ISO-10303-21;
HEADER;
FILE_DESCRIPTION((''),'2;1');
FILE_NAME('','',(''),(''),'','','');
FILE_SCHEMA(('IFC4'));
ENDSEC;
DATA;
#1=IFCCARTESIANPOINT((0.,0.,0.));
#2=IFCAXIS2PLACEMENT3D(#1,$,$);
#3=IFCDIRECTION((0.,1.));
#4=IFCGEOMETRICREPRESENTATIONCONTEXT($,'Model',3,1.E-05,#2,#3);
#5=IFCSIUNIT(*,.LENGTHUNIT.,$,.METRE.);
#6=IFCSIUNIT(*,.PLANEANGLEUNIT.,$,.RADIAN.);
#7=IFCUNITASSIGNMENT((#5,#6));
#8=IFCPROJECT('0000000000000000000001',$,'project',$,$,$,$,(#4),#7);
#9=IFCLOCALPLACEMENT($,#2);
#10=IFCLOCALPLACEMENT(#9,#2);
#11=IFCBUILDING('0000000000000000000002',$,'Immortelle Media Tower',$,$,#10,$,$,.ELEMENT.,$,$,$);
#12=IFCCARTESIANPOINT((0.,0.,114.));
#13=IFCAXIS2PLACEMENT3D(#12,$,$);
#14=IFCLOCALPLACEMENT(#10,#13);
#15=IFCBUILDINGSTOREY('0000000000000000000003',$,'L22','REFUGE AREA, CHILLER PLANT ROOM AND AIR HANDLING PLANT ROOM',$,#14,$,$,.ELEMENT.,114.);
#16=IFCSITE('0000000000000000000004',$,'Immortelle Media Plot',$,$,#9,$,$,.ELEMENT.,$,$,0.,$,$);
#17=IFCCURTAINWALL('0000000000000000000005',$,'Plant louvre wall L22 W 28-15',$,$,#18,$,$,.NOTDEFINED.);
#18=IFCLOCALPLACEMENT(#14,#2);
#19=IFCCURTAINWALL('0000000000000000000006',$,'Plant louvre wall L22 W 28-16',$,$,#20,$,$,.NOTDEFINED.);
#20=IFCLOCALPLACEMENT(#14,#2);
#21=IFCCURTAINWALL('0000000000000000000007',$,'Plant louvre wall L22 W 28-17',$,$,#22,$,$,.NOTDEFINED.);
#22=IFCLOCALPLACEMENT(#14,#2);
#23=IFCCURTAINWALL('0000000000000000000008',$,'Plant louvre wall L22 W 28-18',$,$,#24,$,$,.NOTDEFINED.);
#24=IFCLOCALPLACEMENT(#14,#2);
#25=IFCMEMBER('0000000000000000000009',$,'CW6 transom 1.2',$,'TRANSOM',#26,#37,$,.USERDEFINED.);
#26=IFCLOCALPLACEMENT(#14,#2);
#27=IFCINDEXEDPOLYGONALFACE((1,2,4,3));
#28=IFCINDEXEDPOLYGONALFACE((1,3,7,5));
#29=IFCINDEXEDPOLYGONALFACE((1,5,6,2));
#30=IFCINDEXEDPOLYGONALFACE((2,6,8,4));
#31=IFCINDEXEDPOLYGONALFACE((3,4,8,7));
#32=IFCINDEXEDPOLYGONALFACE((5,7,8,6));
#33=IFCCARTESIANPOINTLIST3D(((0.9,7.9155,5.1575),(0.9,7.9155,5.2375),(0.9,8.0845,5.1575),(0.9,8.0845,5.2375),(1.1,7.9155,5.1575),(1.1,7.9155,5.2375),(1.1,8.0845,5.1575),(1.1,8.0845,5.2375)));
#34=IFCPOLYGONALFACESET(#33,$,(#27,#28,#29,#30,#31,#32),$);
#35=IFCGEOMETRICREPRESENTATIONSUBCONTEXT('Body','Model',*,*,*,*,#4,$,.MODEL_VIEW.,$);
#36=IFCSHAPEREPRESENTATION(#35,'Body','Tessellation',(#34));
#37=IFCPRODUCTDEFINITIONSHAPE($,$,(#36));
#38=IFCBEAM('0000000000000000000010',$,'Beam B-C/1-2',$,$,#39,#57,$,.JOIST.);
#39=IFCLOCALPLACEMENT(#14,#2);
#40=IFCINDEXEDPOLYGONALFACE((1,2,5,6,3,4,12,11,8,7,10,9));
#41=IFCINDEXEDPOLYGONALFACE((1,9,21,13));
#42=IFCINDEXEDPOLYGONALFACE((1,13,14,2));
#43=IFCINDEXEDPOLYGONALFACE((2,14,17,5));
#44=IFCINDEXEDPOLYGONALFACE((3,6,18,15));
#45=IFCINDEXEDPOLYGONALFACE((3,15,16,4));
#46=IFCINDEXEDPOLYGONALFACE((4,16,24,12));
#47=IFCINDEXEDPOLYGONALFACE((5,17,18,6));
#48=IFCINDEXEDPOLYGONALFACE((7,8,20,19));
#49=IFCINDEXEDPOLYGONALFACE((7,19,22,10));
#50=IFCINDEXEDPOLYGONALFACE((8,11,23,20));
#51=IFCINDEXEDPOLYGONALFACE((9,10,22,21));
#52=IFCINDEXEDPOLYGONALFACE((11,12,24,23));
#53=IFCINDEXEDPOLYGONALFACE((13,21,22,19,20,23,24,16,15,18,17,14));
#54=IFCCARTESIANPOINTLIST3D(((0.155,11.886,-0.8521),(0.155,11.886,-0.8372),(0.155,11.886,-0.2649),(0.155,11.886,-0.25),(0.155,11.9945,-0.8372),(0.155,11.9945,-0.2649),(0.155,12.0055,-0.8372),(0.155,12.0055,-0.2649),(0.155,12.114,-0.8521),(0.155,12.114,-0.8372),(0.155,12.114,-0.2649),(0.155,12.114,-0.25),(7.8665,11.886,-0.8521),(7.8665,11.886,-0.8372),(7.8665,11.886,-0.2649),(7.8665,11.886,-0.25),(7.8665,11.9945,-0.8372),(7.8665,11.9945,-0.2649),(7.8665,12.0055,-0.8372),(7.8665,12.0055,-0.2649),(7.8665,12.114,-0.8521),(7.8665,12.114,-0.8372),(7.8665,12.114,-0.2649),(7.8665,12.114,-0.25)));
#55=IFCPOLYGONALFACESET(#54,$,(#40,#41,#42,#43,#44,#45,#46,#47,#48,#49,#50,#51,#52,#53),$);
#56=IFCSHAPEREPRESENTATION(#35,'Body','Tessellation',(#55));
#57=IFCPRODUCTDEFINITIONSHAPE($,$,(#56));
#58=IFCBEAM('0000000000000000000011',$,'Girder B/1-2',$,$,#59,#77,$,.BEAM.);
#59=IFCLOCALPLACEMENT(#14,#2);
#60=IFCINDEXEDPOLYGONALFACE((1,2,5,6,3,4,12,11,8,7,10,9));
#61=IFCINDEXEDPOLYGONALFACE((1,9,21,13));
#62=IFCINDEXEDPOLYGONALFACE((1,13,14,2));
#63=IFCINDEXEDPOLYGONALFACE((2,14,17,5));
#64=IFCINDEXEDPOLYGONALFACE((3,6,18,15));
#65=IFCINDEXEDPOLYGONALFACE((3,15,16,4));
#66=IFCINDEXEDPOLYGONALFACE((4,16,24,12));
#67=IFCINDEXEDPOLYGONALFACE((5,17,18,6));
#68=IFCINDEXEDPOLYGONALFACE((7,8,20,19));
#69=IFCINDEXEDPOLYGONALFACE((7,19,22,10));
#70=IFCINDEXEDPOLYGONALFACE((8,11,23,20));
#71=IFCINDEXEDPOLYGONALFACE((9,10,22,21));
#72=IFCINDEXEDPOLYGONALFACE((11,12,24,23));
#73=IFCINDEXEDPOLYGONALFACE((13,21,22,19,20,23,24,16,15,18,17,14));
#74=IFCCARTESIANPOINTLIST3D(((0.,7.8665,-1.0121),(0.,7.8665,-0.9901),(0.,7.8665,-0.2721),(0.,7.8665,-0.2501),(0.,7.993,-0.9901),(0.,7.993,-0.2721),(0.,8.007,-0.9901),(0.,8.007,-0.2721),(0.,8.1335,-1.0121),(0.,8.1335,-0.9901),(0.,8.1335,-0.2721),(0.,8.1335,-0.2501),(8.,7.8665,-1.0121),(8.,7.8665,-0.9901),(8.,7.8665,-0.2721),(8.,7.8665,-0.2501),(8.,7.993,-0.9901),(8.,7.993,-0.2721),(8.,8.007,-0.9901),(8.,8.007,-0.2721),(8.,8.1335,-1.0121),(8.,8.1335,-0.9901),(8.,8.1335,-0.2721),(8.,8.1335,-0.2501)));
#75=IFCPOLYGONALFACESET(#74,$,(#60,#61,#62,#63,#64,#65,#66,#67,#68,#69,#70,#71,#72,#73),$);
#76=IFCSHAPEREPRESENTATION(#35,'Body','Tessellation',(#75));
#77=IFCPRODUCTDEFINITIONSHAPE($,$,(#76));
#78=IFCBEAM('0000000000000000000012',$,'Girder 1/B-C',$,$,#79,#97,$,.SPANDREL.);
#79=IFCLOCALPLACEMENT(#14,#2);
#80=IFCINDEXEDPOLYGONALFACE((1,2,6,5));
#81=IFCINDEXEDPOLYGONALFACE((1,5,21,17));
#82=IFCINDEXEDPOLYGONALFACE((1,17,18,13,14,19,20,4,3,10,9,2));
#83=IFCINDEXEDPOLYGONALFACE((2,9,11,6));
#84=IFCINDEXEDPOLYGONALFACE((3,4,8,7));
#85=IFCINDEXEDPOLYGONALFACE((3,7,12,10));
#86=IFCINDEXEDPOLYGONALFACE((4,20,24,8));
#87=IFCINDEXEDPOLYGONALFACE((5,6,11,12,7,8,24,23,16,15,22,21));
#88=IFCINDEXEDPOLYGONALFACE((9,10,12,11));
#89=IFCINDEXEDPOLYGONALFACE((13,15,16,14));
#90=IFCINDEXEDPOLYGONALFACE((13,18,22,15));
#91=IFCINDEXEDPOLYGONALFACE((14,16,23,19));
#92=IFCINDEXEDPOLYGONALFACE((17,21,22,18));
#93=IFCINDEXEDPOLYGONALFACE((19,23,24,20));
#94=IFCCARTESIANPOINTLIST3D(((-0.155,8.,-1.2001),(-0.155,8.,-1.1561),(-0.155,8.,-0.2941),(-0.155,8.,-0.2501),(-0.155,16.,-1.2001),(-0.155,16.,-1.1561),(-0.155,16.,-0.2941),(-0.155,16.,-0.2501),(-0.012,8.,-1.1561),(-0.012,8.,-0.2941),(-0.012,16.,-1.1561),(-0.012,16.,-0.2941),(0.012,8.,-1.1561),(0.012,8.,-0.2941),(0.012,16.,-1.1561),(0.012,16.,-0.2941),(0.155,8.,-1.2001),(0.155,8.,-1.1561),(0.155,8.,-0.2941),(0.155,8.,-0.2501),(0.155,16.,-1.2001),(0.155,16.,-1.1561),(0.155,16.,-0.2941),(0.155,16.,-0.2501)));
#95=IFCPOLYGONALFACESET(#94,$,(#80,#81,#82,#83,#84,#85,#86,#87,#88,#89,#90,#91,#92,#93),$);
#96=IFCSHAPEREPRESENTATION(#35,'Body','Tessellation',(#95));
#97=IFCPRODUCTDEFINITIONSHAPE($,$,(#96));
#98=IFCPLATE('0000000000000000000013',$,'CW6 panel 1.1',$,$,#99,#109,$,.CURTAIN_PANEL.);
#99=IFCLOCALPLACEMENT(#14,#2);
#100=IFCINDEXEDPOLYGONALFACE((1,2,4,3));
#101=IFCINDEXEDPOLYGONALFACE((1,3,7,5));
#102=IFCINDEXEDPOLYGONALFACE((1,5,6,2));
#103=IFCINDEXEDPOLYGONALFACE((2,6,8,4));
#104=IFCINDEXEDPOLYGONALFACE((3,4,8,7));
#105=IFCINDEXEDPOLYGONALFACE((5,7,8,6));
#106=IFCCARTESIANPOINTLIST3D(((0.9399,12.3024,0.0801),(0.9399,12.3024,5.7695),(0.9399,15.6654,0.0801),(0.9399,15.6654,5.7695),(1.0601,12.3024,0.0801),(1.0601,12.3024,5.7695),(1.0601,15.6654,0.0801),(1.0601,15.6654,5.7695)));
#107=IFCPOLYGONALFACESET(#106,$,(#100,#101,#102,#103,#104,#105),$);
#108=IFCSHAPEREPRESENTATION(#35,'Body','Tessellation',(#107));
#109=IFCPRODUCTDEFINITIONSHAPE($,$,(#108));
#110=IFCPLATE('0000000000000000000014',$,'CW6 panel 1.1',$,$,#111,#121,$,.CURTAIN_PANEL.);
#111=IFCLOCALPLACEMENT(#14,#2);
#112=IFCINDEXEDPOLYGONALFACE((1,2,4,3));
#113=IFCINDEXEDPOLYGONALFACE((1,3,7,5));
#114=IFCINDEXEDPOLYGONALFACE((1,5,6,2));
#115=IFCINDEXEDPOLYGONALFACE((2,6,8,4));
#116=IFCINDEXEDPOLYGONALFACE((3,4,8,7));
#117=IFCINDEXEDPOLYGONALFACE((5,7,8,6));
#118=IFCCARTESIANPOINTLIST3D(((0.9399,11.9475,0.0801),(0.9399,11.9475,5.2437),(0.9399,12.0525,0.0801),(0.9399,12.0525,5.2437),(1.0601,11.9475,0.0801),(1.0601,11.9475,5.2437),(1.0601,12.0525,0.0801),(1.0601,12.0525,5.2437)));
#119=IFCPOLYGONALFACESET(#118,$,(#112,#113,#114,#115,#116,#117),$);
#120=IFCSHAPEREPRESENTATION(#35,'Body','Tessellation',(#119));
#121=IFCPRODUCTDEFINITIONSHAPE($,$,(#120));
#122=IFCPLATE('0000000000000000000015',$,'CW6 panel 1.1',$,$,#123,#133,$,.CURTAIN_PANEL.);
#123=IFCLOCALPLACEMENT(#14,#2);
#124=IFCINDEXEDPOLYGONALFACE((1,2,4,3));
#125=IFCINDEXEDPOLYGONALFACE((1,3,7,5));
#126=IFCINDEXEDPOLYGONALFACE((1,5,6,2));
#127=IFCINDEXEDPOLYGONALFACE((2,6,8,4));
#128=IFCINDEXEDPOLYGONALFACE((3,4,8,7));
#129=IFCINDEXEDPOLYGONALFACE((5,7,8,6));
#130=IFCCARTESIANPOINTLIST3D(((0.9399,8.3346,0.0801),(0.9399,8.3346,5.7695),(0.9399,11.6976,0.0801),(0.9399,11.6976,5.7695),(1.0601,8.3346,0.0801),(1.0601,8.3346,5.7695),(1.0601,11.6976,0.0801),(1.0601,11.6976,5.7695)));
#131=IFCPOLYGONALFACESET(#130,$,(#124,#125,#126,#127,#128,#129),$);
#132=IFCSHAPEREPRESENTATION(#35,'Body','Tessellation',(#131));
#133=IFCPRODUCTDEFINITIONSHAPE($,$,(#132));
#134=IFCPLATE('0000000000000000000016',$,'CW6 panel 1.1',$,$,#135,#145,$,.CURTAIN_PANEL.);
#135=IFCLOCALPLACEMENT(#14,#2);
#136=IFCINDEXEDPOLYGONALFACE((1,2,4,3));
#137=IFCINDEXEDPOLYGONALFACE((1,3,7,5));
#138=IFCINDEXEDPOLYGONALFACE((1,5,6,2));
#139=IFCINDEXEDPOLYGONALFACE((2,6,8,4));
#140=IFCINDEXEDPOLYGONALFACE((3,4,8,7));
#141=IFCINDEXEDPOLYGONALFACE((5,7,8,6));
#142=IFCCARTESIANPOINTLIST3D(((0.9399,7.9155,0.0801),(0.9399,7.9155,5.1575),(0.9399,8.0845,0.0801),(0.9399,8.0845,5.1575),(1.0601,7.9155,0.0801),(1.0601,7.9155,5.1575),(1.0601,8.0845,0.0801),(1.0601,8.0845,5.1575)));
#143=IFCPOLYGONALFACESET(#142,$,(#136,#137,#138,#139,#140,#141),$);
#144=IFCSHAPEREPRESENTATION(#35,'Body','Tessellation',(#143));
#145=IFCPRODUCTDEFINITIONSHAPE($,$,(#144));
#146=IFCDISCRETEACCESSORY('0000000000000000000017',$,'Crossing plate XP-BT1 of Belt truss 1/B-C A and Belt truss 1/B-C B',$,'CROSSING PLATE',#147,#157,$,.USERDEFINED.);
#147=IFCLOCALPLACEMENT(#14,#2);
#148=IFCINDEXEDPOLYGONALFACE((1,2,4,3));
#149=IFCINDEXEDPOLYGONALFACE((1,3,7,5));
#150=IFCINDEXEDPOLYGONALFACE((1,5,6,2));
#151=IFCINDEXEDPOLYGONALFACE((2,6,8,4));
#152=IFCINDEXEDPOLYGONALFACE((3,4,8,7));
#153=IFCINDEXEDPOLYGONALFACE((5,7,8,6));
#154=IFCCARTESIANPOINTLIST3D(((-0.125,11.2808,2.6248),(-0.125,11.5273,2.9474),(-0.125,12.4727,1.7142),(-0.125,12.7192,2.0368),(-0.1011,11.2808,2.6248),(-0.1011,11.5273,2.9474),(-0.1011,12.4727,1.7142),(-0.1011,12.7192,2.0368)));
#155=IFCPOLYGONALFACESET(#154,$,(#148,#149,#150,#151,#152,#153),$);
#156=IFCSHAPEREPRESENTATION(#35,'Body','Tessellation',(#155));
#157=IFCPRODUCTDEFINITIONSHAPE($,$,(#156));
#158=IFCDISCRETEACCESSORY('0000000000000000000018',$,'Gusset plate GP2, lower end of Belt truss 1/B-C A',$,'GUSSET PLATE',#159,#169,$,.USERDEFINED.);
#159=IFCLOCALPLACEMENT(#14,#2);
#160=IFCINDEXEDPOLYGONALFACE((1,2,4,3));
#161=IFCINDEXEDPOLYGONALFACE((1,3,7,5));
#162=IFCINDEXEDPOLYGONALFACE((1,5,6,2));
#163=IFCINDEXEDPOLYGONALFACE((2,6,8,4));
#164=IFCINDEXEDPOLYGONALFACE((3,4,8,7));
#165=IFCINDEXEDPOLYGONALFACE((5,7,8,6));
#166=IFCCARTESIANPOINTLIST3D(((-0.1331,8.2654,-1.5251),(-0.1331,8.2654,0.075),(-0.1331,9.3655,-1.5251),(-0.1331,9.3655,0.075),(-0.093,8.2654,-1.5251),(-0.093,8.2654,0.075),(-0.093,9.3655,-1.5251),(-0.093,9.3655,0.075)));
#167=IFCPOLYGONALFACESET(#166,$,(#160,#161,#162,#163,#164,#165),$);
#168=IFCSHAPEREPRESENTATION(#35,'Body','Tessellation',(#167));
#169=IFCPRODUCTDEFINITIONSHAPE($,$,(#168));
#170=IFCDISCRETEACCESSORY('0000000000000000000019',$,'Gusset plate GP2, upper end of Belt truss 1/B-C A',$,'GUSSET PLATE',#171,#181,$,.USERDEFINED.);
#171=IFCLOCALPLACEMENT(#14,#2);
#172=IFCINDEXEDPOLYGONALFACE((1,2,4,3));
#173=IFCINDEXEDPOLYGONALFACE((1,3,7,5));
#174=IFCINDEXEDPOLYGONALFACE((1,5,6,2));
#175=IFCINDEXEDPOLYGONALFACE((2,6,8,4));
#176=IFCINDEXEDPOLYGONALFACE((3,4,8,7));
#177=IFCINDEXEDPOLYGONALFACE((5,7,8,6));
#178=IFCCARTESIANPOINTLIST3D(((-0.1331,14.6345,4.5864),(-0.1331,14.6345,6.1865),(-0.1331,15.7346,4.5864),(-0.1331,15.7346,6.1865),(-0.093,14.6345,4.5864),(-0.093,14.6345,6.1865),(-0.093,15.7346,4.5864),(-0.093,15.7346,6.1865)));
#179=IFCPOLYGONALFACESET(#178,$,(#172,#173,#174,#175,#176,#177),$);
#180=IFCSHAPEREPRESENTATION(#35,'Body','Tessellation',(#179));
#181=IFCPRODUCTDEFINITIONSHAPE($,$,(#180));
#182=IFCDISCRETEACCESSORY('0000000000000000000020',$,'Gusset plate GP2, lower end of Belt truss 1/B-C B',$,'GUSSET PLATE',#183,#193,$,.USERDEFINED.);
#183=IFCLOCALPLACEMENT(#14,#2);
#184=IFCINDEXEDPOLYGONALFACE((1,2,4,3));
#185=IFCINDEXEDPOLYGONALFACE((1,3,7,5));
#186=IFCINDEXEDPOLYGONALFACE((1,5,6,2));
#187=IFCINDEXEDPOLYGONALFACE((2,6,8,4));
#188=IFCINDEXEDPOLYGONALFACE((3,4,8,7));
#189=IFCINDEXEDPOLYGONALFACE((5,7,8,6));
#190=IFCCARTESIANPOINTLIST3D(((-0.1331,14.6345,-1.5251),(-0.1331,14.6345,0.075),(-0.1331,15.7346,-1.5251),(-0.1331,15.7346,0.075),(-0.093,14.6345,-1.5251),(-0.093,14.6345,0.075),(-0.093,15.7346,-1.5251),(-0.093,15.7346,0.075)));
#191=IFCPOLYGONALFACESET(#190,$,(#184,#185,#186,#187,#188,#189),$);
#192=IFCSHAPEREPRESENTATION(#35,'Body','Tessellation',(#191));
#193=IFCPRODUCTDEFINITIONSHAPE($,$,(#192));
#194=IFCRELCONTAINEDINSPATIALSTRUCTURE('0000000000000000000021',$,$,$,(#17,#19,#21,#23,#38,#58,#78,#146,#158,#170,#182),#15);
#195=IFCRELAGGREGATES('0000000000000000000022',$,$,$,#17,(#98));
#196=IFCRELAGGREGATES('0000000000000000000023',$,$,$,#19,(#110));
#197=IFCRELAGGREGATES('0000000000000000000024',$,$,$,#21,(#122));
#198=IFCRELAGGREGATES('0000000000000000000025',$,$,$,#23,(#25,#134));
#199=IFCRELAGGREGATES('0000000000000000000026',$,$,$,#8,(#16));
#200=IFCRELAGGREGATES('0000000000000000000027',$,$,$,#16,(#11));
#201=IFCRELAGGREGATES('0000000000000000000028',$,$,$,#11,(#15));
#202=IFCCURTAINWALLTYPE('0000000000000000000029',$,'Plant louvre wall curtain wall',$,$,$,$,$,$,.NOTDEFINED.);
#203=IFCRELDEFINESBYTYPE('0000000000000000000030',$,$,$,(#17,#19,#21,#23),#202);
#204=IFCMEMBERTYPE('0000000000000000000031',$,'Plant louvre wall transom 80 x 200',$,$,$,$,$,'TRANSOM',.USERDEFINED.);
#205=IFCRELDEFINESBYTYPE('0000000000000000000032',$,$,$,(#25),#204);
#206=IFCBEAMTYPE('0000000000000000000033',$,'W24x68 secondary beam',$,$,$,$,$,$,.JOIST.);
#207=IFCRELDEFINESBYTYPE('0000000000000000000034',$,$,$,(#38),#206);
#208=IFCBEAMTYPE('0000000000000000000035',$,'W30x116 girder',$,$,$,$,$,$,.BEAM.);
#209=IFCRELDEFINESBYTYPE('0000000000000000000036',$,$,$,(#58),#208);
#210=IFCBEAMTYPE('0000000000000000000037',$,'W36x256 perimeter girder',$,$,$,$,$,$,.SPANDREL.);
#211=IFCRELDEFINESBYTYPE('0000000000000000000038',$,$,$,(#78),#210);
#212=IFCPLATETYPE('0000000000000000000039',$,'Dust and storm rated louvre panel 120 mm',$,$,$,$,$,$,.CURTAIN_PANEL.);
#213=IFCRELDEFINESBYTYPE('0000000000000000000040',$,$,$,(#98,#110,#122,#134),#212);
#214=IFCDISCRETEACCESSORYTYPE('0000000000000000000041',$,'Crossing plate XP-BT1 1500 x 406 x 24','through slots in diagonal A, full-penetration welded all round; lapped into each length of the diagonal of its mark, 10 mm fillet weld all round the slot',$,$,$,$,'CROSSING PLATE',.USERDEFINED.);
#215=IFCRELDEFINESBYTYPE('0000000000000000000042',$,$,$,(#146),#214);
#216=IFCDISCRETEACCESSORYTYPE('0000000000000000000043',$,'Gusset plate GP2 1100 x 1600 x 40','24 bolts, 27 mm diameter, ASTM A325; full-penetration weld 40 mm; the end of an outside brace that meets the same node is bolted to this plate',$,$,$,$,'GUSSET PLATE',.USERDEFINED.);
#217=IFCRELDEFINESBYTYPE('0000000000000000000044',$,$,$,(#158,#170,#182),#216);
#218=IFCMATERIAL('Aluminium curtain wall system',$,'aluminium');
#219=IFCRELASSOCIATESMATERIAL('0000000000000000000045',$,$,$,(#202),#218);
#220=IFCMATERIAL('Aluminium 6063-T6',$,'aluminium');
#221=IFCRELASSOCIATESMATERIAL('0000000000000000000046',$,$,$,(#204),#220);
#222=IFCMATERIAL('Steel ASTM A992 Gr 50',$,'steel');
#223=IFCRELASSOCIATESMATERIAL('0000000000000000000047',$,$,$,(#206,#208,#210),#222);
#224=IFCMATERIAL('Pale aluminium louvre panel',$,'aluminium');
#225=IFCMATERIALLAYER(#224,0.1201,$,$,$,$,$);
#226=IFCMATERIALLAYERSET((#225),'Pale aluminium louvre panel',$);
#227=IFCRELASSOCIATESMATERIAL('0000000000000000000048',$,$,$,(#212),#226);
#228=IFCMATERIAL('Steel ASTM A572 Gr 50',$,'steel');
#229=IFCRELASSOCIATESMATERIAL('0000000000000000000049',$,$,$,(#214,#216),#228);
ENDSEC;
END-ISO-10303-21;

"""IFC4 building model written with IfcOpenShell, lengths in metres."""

from ifc_helpers import new_model, si_unit, direction, frame, origin, origin_2d, place, context, subcontext, project, spatial, rectangle, i_section, extrude, material, layer, layer_set, material_profile, profile_set, type_object, element, aggregate, save


model = new_model("IFC4")

# Units and contexts
model_context = context("Model", 3, precision=1e-05, world=origin(), true_north=direction((0.0, 1.0)))
body_context = subcontext(model_context, "Body", "Model", "MODEL_VIEW")
ifc_project = project(units=[si_unit("LENGTHUNIT", "METRE"), si_unit("PLANEANGLEUNIT", "RADIAN")], contexts=[model_context])

# Site, building, storey
site_placement = place(None, origin())
site = spatial("IfcSite", under=ifc_project, at=site_placement, Name="Immortelle Media Plot", CompositionType="ELEMENT", RefElevation=0.0)
building_placement = place(site_placement, origin())
building = spatial("IfcBuilding", under=site, at=building_placement, Name="Immortelle Media Tower", CompositionType="ELEMENT")
storey_placement = place(building_placement, frame((0.0, 0.0, 114.0)))
storey = spatial("IfcBuildingStorey", under=building, at=storey_placement, Name="L22", Description="REFUGE AREA, CHILLER PLANT ROOM AND AIR HANDLING PLANT ROOM", CompositionType="ELEMENT", Elevation=114.0)

# Shared definitions
ifc_material_1 = material(Name="Aluminium curtain wall system", Category="aluminium")
curtain_wall_type = type_object("IfcCurtainWallType", Name="Plant louvre wall curtain wall", PredefinedType="NOTDEFINED", material=ifc_material_1)
ifc_material_2 = material(Name="Aluminium 6063-T6", Category="aluminium")

# Curtain walls
curtain_wall_1_placement = place(storey_placement, origin())
curtain_wall_1 = element("IfcCurtainWall", 1, at=curtain_wall_1_placement, inside=storey, type_object=curtain_wall_type, Name="Plant louvre wall L22 W 28-15", PredefinedType="NOTDEFINED")
curtain_wall_2_placement = place(storey_placement, origin())
curtain_wall_2 = element("IfcCurtainWall", 2, at=curtain_wall_2_placement, inside=storey, type_object=curtain_wall_type, Name="Plant louvre wall L22 W 28-16", PredefinedType="NOTDEFINED")
curtain_wall_3_placement = place(storey_placement, origin())
curtain_wall_3 = element("IfcCurtainWall", 3, at=curtain_wall_3_placement, inside=storey, type_object=curtain_wall_type, Name="Plant louvre wall L22 W 28-17", PredefinedType="NOTDEFINED")

# Curtain wall
curtain_wall_4_placement = place(storey_placement, origin())
curtain_wall_4 = element("IfcCurtainWall", 4, at=curtain_wall_4_placement, inside=storey, type_object=curtain_wall_type, Name="Plant louvre wall L22 W 28-18", PredefinedType="NOTDEFINED")

# Member
ifc_material_profile_1 = material_profile(ifc_material_2, rectangle(XDim=0.2, YDim=0.0801, at=origin_2d()), Name="AL 80x200")
ifc_profile_set_1 = profile_set([ifc_material_profile_1], Name="Aluminium 6063-T6")
member_type_1 = type_object("IfcMemberType", Name="Plant louvre wall transom 80 x 200", ElementType="TRANSOM", PredefinedType="USERDEFINED", material=ifc_profile_set_1)
member_1_placement = place(storey_placement, frame((1.0, 8.0845, 5.1975), z_axis=(0.0, -1.0, 0.0), x_axis=(1.0, 0.0, 0.0)))
member_1 = element("IfcMember", 5, at=member_1_placement, type_object=member_type_1, Name="CW6 transom 1.2", ObjectType="TRANSOM", PredefinedType="USERDEFINED", context=body_context, shape_type="SweptSolid", body=[
    extrude(rectangle(XDim=0.2, YDim=0.0801, at=origin_2d()), origin(), (0.0, 0.0, 1.0), 0.1689),
])

# Beams
ifc_material_3 = material(Name="Steel ASTM A992 Gr 50", Category="steel")
ifc_material_profile_2 = material_profile(ifc_material_3, i_section(OverallWidth=0.228, OverallDepth=0.6021, WebThickness=0.011, FlangeThickness=0.0149, at=origin_2d()), Name="W24x68")
ifc_profile_set_2 = profile_set([ifc_material_profile_2], Name="Steel ASTM A992 Gr 50")
beam_type_1 = type_object("IfcBeamType", Name="W24x68 secondary beam", PredefinedType="JOIST", material=ifc_profile_set_2)
beam_1_placement = place(storey_placement, frame((0.155, 12.0, -0.551), z_axis=(1.0, 0.0, 0.0), x_axis=(0.0, 1.0, 0.0)))
element("IfcBeam", 6, at=beam_1_placement, inside=storey, type_object=beam_type_1, Name="Beam B-C/1-2", PredefinedType="JOIST", context=body_context, shape_type="SweptSolid", body=[
    extrude(i_section(OverallWidth=0.228, OverallDepth=0.6021, WebThickness=0.011, FlangeThickness=0.0149, at=origin_2d()), origin(), (0.0, 0.0, 1.0), 7.7114),
])
ifc_material_profile_3 = material_profile(ifc_material_3, i_section(OverallWidth=0.2671, OverallDepth=0.762, WebThickness=0.0139, FlangeThickness=0.022, at=origin_2d()), Name="W30x116")
ifc_profile_set_3 = profile_set([ifc_material_profile_3], Name="Steel ASTM A992 Gr 50")
beam_type_2 = type_object("IfcBeamType", Name="W30x116 girder", PredefinedType="BEAM", material=ifc_profile_set_3)
beam_2_placement = place(storey_placement, frame((0.0, 8.0, -0.6311), z_axis=(1.0, 0.0, 0.0), x_axis=(0.0, 1.0, 0.0)))
element("IfcBeam", 7, at=beam_2_placement, inside=storey, type_object=beam_type_2, Name="Girder B/1-2", PredefinedType="BEAM", context=body_context, shape_type="SweptSolid", body=[
    extrude(i_section(OverallWidth=0.2671, OverallDepth=0.762, WebThickness=0.0139, FlangeThickness=0.022, at=origin_2d()), origin(), (0.0, 0.0, 1.0), 8.0),
])
ifc_material_profile_4 = material_profile(ifc_material_3, i_section(OverallWidth=0.3101, OverallDepth=0.95, WebThickness=0.0239, FlangeThickness=0.0439, at=origin_2d()), Name="W36x256")
ifc_profile_set_4 = profile_set([ifc_material_profile_4], Name="Steel ASTM A992 Gr 50")
beam_type_3 = type_object("IfcBeamType", Name="W36x256 perimeter girder", PredefinedType="SPANDREL", material=ifc_profile_set_4)
beam_3_placement = place(storey_placement, frame((0.0, 8.0, -0.7251), z_axis=(0.0, 1.0, 0.0), x_axis=(-1.0, 0.0, 0.0)))
element("IfcBeam", 8, at=beam_3_placement, inside=storey, type_object=beam_type_3, Name="Girder 1/B-C", PredefinedType="SPANDREL", context=body_context, shape_type="SweptSolid", body=[
    extrude(i_section(OverallWidth=0.3101, OverallDepth=0.95, WebThickness=0.0239, FlangeThickness=0.0439, at=origin_2d()), origin(), (0.0, 0.0, 1.0), 8.0),
])

# Plates
ifc_material_4 = material(Name="Pale aluminium louvre panel", Category="aluminium")
ifc_layer = layer(ifc_material_4, 0.1201)
ifc_layer_set = layer_set([ifc_layer], Name="Pale aluminium louvre panel")
plate_type = type_object("IfcPlateType", Name="Dust and storm rated louvre panel 120 mm", PredefinedType="CURTAIN_PANEL", material=ifc_layer_set)
plate_1_placement = place(storey_placement, frame((1.0, 13.9839, 0.0801), z_axis=(0.0, 0.0, 1.0), x_axis=(0.0, -1.0, 0.0)))
plate_1 = element("IfcPlate", 9, at=plate_1_placement, type_object=plate_type, Name="CW6 panel 1.1", PredefinedType="CURTAIN_PANEL", context=body_context, shape_type="SweptSolid", body=[
    extrude(rectangle(XDim=3.363, YDim=0.1201, at=origin_2d()), origin(), (0.0, 0.0, 1.0), 5.6895),
])
aggregate(curtain_wall_1, [plate_1])
plate_2_placement = place(storey_placement, frame((1.0, 12.0, 0.0801), z_axis=(0.0, 0.0, 1.0), x_axis=(0.0, -1.0, 0.0)))
plate_2 = element("IfcPlate", 10, at=plate_2_placement, type_object=plate_type, Name="CW6 panel 1.1", PredefinedType="CURTAIN_PANEL", context=body_context, shape_type="SweptSolid", body=[
    extrude(rectangle(XDim=0.105, YDim=0.1201, at=origin_2d()), origin(), (0.0, 0.0, 1.0), 5.1636),
])
aggregate(curtain_wall_2, [plate_2])
plate_3_placement = place(storey_placement, frame((1.0, 10.0161, 0.0801), z_axis=(0.0, 0.0, 1.0), x_axis=(0.0, -1.0, 0.0)))
plate_3 = element("IfcPlate", 11, at=plate_3_placement, type_object=plate_type, Name="CW6 panel 1.1", PredefinedType="CURTAIN_PANEL", context=body_context, shape_type="SweptSolid", body=[
    extrude(rectangle(XDim=3.363, YDim=0.1201, at=origin_2d()), origin(), (0.0, 0.0, 1.0), 5.6895),
])
aggregate(curtain_wall_3, [plate_3])
plate_4_placement = place(storey_placement, frame((1.0, 8.0, 0.0801), z_axis=(0.0, 0.0, 1.0), x_axis=(0.0, -1.0, 0.0)))
plate_4 = element("IfcPlate", 12, at=plate_4_placement, type_object=plate_type, Name="CW6 panel 1.1", PredefinedType="CURTAIN_PANEL", context=body_context, shape_type="SweptSolid", body=[
    extrude(rectangle(XDim=0.1689, YDim=0.1201, at=origin_2d()), origin(), (0.0, 0.0, 1.0), 5.0774),
])
aggregate(curtain_wall_4, [member_1, plate_4])

# Discrete accessories
ifc_material_5 = material(Name="Steel ASTM A572 Gr 50", Category="steel")
ifc_material_profile_5 = material_profile(ifc_material_5, rectangle(XDim=0.0239, YDim=0.406, at=origin_2d()), Name="PL 24 x 406")
ifc_profile_set_5 = profile_set([ifc_material_profile_5], Name="Steel ASTM A572 Gr 50")
discrete_accessory_type_1 = type_object("IfcDiscreteAccessoryType", Name="Crossing plate XP-BT1 1500 x 406 x 24", Description="through slots in diagonal A, full-penetration welded all round; lapped into each length of the diagonal of its mark, 10 mm fillet weld all round the slot", ElementType="CROSSING PLATE", PredefinedType="USERDEFINED", material=ifc_profile_set_5)
discrete_accessory_placement = place(storey_placement, frame((-0.113, 11.4041, 2.7861), z_axis=(0.0, 0.794616, -0.607112), x_axis=(-1.0, 0.0, 0.0)))
element("IfcDiscreteAccessory", 13, at=discrete_accessory_placement, inside=storey, type_object=discrete_accessory_type_1, Name="Crossing plate XP-BT1 of Belt truss 1/B-C A and Belt truss 1/B-C B", ObjectType="CROSSING PLATE", PredefinedType="USERDEFINED", context=body_context, shape_type="SweptSolid", body=[
    extrude(rectangle(XDim=0.0239, YDim=0.406, at=origin_2d()), origin(), (0.0, 0.0, 1.0), 1.5),
])
ifc_material_profile_6 = material_profile(ifc_material_5, rectangle(XDim=0.04, YDim=1.6001, at=origin_2d()), Name="PL 40 x 1600")
ifc_profile_set_6 = profile_set([ifc_material_profile_6], Name="Steel ASTM A572 Gr 50")
discrete_accessory_type_2 = type_object("IfcDiscreteAccessoryType", Name="Gusset plate GP2 1100 x 1600 x 40", Description="24 bolts, 27 mm diameter, ASTM A325; full-penetration weld 40 mm; the end of an outside brace that meets the same node is bolted to this plate", ElementType="GUSSET PLATE", PredefinedType="USERDEFINED", material=ifc_profile_set_6)
for number, where, z_axis, x_axis, name in (
    (14, (-0.113, 8.2654, -0.7251), (0.0, 1.0, 0.0), (-1.0, 0.0, 0.0), "Gusset plate GP2, lower end of Belt truss 1/B-C A"),
    (15, (-0.113, 15.7346, 5.3865), (0.0, -1.0, 0.0), (1.0, 0.0, 0.0), "Gusset plate GP2, upper end of Belt truss 1/B-C A"),
    (16, (-0.113, 15.7346, -0.7251), (0.0, -1.0, 0.0), (1.0, 0.0, 0.0), "Gusset plate GP2, lower end of Belt truss 1/B-C B"),
):
    element("IfcDiscreteAccessory", number, at=place(storey_placement, frame(where, z_axis=z_axis, x_axis=x_axis)), inside=storey, type_object=discrete_accessory_type_2, Name=name, ObjectType="GUSSET PLATE", PredefinedType="USERDEFINED", context=body_context, shape_type="SweptSolid", body=[
        extrude(rectangle(XDim=0.04, YDim=1.6001, at=origin_2d()), origin(), (0.0, 0.0, 1.0), 1.1001),
    ])

save(model, "model.ifc")
